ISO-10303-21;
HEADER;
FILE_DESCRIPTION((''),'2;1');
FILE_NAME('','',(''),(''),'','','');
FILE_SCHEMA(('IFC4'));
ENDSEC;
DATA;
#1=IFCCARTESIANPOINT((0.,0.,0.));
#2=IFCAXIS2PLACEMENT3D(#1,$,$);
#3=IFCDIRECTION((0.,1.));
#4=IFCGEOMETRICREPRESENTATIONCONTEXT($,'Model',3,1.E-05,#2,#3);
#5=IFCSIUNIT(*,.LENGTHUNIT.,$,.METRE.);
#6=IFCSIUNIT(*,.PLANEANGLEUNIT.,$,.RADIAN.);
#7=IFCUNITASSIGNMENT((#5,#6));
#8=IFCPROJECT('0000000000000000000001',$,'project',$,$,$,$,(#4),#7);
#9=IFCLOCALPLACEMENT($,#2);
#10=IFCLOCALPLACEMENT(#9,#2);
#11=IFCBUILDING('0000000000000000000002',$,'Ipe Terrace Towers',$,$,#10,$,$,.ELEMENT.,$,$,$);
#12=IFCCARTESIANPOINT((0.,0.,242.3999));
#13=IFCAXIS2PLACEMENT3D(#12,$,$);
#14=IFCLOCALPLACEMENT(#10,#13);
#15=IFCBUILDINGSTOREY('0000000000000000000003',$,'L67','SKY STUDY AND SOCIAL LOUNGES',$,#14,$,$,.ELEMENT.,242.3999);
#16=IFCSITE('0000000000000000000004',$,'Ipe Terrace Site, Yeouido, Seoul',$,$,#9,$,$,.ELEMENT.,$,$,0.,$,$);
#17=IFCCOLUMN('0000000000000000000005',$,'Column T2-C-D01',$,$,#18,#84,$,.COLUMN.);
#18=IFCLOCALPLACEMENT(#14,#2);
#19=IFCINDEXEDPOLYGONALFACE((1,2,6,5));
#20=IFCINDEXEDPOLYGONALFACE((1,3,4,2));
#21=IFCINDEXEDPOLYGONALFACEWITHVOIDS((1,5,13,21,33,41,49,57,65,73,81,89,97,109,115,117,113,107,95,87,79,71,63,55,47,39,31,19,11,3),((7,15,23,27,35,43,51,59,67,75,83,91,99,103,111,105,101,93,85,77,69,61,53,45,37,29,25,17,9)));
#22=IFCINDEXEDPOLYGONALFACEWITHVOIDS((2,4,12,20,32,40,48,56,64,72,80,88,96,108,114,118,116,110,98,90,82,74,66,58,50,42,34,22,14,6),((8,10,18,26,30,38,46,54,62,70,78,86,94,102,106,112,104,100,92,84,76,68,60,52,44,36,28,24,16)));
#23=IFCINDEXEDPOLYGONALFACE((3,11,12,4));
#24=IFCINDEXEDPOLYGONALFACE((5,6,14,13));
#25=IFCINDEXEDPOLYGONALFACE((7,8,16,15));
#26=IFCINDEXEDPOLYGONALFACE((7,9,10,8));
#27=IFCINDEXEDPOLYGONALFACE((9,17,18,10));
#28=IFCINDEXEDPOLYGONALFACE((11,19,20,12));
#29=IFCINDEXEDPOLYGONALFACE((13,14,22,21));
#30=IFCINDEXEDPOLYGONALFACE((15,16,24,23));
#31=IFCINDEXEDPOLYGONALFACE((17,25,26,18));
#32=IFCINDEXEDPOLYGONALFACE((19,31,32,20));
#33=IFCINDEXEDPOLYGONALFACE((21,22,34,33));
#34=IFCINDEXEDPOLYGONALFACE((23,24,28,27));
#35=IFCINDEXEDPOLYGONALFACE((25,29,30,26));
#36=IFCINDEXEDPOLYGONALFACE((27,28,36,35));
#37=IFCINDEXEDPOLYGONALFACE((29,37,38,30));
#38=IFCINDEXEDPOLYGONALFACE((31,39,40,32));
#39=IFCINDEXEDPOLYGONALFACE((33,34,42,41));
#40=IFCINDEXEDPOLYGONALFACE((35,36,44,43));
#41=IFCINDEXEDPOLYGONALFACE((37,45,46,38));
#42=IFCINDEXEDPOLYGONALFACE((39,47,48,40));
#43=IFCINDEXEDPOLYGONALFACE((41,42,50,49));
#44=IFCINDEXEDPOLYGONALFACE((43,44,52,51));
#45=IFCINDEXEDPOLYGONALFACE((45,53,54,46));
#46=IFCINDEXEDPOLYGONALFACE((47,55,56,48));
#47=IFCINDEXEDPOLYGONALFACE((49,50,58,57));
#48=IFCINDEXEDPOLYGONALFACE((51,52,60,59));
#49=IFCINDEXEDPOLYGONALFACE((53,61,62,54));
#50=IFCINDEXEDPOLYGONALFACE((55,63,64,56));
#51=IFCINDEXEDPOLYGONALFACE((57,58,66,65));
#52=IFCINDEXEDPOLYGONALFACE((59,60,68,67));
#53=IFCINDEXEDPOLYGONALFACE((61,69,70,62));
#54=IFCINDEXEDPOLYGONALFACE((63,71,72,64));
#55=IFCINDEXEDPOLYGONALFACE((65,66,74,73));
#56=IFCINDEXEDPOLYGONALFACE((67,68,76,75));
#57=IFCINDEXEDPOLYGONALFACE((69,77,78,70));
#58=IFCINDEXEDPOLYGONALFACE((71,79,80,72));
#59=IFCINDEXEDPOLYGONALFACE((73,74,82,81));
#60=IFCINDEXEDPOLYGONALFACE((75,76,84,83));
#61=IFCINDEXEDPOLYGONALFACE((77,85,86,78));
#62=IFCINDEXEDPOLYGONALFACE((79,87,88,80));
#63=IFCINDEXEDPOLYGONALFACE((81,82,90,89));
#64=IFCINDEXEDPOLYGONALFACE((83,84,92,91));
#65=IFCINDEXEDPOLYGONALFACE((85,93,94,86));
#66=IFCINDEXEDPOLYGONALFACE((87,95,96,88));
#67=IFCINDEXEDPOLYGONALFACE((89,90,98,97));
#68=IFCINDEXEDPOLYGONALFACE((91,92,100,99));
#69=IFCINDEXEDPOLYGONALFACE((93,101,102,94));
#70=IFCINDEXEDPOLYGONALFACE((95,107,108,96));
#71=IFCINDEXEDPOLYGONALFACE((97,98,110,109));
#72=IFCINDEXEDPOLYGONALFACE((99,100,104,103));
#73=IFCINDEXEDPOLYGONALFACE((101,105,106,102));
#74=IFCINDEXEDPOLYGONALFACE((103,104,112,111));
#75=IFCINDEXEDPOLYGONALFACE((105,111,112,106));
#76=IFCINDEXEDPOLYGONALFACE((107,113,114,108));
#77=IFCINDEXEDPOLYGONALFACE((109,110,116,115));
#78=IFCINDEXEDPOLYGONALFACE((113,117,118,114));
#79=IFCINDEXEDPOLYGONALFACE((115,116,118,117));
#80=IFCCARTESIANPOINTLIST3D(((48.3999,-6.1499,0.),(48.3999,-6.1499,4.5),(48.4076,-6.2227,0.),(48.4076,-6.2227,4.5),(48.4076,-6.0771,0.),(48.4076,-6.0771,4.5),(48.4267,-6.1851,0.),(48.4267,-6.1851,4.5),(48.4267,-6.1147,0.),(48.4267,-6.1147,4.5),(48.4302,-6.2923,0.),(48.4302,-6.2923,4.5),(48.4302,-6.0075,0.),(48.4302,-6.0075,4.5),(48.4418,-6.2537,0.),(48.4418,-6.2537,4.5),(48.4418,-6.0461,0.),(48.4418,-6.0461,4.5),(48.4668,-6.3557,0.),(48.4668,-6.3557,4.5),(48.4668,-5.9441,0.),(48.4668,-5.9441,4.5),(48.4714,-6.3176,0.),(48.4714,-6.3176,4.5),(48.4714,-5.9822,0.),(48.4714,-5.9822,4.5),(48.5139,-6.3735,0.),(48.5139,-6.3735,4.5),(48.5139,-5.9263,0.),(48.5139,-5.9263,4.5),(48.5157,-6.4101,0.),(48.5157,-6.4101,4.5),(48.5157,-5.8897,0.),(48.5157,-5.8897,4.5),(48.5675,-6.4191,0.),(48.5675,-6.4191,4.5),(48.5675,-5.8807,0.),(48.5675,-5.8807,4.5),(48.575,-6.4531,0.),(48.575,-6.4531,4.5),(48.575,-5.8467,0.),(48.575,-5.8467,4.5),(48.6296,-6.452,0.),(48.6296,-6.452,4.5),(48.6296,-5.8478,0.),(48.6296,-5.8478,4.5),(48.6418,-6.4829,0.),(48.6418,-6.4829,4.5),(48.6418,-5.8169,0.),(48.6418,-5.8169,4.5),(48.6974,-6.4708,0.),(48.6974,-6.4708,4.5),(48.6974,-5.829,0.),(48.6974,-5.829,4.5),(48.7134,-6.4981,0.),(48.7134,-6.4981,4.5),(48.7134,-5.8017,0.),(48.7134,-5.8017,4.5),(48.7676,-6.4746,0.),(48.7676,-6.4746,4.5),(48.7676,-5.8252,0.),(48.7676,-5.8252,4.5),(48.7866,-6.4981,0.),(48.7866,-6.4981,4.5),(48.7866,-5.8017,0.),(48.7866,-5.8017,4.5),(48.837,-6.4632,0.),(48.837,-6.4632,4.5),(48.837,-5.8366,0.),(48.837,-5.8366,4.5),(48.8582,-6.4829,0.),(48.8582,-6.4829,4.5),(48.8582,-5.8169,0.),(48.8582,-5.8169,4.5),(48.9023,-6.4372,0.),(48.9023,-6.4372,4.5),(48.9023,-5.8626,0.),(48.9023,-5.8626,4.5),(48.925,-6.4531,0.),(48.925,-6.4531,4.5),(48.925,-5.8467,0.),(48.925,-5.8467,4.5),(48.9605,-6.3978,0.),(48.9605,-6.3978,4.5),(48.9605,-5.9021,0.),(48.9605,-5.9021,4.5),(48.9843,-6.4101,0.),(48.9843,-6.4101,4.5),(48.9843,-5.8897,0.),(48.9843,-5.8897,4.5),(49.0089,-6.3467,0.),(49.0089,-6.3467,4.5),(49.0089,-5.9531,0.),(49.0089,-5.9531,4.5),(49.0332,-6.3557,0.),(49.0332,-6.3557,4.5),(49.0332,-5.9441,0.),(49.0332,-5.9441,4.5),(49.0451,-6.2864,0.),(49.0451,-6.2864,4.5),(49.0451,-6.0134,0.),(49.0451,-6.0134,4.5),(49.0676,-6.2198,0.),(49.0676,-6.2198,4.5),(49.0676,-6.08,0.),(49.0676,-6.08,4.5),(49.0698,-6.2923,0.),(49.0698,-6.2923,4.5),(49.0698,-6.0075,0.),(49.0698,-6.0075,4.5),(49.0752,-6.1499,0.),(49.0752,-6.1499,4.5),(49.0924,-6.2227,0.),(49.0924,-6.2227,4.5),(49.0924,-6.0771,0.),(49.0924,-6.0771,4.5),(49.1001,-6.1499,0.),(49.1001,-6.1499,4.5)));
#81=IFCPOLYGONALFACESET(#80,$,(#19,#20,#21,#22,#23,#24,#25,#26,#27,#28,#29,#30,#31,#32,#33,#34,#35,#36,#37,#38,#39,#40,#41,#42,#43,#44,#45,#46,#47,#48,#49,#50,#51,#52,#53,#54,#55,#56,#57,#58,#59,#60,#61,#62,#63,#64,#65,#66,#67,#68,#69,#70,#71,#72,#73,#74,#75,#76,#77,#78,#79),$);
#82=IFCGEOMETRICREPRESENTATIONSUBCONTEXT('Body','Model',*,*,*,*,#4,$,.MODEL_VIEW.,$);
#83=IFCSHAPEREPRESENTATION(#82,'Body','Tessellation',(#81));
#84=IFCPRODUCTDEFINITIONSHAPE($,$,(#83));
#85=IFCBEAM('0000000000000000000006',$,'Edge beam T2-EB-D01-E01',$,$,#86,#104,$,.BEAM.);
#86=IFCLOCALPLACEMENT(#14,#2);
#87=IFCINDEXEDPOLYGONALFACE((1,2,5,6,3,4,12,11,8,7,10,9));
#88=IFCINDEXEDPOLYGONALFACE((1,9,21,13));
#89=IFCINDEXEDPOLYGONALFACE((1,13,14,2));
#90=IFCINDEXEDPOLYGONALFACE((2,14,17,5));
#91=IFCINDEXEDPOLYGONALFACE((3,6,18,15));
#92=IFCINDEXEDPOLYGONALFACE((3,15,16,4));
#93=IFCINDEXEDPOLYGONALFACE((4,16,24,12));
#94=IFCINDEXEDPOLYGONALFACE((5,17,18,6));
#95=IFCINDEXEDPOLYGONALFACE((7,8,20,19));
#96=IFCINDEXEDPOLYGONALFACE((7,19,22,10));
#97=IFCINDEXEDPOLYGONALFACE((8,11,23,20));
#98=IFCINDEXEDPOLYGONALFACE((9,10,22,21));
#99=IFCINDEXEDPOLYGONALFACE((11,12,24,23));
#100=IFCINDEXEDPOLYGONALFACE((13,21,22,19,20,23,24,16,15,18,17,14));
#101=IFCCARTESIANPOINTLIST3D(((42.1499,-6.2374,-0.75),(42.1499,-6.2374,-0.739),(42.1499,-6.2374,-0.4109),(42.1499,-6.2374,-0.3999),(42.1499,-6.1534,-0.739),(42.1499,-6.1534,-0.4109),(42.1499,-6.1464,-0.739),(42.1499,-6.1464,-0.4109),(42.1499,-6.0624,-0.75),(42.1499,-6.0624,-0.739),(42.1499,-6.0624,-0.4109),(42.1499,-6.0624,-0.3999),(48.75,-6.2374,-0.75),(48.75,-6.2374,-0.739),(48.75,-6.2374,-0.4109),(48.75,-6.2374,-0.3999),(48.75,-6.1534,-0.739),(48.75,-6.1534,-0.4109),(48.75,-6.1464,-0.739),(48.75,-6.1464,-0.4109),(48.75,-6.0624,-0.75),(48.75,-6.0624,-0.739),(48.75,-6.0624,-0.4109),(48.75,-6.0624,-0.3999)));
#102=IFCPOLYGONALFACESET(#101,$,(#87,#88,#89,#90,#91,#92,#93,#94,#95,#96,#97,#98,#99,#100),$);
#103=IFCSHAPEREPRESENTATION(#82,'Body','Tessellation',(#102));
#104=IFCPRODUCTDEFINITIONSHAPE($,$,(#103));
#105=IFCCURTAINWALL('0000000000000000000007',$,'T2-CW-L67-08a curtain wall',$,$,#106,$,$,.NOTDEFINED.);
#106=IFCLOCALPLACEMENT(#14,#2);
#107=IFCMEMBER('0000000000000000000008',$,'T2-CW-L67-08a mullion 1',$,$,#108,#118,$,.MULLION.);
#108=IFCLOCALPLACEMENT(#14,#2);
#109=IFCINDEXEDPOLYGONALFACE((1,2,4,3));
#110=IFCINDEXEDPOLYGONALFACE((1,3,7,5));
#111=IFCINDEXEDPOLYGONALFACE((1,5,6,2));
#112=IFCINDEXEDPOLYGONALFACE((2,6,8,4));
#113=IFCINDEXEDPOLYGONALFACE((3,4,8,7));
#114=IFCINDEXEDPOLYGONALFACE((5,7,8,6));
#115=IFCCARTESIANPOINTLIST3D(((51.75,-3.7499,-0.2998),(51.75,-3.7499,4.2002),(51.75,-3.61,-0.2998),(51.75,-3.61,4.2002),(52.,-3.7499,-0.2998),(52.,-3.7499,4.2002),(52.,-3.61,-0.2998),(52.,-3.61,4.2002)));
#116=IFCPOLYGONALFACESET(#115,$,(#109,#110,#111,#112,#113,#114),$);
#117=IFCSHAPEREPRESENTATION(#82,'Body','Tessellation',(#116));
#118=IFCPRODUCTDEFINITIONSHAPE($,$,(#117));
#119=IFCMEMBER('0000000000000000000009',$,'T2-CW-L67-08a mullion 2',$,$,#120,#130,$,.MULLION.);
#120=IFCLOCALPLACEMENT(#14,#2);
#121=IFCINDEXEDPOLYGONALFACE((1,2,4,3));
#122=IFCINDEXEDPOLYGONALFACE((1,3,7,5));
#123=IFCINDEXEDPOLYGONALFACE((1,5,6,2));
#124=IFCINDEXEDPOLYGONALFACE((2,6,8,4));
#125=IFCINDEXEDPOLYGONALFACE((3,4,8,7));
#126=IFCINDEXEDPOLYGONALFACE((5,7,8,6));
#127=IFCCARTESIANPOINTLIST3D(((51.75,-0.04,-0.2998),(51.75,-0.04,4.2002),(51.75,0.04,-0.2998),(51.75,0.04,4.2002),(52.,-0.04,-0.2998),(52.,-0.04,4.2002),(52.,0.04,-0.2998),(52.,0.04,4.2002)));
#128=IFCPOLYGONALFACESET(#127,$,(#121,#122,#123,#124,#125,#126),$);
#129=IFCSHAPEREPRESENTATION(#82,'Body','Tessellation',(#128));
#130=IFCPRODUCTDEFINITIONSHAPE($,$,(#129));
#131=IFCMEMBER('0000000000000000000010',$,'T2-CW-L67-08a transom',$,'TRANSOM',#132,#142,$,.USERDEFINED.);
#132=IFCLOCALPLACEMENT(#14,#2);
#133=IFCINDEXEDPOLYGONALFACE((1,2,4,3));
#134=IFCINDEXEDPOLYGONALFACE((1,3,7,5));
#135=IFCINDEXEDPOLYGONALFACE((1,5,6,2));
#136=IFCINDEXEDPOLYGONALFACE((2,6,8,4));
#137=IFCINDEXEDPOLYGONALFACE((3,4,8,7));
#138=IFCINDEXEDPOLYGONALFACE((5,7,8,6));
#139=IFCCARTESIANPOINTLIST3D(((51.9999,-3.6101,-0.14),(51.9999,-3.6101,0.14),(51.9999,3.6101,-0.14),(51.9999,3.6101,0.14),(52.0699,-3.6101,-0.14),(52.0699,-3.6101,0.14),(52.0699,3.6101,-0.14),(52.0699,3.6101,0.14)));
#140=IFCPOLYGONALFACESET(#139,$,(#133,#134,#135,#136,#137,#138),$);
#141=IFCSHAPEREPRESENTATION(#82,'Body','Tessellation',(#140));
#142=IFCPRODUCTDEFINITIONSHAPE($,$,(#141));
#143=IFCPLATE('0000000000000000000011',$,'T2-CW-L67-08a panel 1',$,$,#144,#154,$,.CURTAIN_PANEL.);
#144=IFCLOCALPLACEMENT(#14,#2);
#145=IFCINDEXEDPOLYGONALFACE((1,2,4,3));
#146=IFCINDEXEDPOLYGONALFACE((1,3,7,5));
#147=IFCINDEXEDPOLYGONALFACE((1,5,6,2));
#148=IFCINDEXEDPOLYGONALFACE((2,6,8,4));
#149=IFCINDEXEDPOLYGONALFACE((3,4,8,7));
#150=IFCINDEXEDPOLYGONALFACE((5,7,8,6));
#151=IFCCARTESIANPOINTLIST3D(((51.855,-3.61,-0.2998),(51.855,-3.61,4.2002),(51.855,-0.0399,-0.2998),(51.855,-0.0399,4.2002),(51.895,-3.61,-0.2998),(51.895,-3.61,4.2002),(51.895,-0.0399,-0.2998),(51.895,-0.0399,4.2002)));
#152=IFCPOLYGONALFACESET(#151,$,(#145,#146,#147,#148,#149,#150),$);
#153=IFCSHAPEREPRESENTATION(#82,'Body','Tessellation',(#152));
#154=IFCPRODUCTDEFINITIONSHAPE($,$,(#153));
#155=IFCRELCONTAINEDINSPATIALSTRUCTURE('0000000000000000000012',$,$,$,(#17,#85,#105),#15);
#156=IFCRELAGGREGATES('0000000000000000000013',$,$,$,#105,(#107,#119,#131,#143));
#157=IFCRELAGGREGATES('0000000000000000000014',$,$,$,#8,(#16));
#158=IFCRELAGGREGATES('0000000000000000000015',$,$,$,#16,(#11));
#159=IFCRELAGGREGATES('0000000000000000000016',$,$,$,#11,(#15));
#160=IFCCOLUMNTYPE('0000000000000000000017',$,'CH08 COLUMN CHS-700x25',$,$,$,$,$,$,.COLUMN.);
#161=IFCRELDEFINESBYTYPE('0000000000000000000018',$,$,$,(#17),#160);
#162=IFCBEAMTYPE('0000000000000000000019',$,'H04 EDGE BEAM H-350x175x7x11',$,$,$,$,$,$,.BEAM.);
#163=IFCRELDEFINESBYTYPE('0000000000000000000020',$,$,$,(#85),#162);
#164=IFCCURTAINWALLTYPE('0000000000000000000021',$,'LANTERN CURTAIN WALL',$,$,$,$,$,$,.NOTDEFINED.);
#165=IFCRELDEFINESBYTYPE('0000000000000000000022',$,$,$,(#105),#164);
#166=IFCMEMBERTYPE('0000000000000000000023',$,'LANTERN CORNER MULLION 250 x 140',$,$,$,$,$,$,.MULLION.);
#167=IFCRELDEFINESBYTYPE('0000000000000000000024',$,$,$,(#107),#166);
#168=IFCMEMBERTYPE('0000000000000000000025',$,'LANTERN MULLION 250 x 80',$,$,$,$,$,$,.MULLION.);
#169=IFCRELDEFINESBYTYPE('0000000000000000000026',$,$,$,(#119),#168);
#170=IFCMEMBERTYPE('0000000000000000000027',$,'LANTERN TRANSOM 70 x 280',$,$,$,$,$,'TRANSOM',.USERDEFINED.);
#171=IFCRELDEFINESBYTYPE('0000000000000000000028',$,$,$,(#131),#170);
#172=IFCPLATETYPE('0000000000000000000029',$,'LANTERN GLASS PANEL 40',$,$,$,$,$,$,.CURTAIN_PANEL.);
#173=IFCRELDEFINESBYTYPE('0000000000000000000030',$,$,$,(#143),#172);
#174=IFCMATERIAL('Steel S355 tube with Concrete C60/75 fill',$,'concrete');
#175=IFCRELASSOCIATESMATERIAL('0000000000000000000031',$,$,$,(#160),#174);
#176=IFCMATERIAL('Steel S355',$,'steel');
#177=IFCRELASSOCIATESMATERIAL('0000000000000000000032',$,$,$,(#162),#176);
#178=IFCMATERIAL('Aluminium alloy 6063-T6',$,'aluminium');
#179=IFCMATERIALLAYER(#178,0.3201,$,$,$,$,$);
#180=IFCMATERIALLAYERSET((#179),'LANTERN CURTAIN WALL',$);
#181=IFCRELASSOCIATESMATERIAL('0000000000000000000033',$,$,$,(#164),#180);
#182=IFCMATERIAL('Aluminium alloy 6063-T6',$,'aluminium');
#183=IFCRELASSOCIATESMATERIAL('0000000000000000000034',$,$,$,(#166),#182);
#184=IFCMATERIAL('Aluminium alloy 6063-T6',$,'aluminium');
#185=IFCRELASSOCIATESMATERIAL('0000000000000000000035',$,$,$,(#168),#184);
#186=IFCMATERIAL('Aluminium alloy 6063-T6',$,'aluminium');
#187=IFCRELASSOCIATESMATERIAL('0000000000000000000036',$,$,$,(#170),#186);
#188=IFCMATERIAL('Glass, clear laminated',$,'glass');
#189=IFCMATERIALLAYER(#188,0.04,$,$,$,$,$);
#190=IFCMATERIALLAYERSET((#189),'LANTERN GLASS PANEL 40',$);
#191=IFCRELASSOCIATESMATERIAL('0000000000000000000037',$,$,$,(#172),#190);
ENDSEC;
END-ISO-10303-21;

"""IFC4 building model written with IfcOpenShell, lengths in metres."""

from ifc_helpers import new_model, si_unit, direction, frame, origin, origin_2d, place, context, subcontext, project, spatial, rectangle, hollow_circle, i_section, extrude, material, layer, layer_set, material_profile, profile_set, type_object, element, aggregate, save


model = new_model("IFC4")

# Units and contexts
model_context = context("Model", 3, precision=1e-05, world=origin(), true_north=direction((0.0, 1.0)))
body_context = subcontext(model_context, "Body", "Model", "MODEL_VIEW")
ifc_project = project(units=[si_unit("LENGTHUNIT", "METRE"), si_unit("PLANEANGLEUNIT", "RADIAN")], contexts=[model_context])

# Site, building, storey
site_placement = place(None, origin())
site = spatial("IfcSite", under=ifc_project, at=site_placement, Name="Ipe Terrace Site, Yeouido, Seoul", CompositionType="ELEMENT", RefElevation=0.0)
building_placement = place(site_placement, origin())
building = spatial("IfcBuilding", under=site, at=building_placement, Name="Ipe Terrace Towers", CompositionType="ELEMENT")
storey_placement = place(building_placement, frame((0.0, 0.0, 242.3999)))
storey = spatial("IfcBuildingStorey", under=building, at=storey_placement, Name="L67", Description="SKY STUDY AND SOCIAL LOUNGES", CompositionType="ELEMENT", Elevation=242.3999)

# Column
ifc_material_1 = material(Name="Steel S355 tube with Concrete C60/75 fill", Category="concrete")
ifc_material_profile_1 = material_profile(ifc_material_1, hollow_circle(Radius=0.3501, WallThickness=0.0249, at=origin_2d()), Name="CHS-700x25")
ifc_profile_set_1 = profile_set([ifc_material_profile_1], Name="Steel S355 tube with Concrete C60/75 fill")
column_type = type_object("IfcColumnType", Name="CH08 COLUMN CHS-700x25", PredefinedType="COLUMN", material=ifc_profile_set_1)
column_placement = place(storey_placement, frame((48.75, -6.1499, 0.0), z_axis=(0.0, 0.0, 1.0), x_axis=(1.0, 0.0, 0.0)))
element("IfcColumn", 1, at=column_placement, inside=storey, type_object=column_type, Name="Column T2-C-D01", PredefinedType="COLUMN", context=body_context, shape_type="SweptSolid", body=[
    extrude(hollow_circle(Radius=0.3501, WallThickness=0.0249, at=origin_2d()), origin(), (0.0, 0.0, 1.0), 4.5),
])

# Beam
ifc_material_2 = material(Name="Steel S355", Category="steel")
ifc_material_profile_2 = material_profile(ifc_material_2, i_section(OverallWidth=0.175, OverallDepth=0.3501, WebThickness=0.0071, FlangeThickness=0.011, at=origin_2d()), Name="H-350x175x7x11")
ifc_profile_set_2 = profile_set([ifc_material_profile_2], Name="Steel S355")
beam_type = type_object("IfcBeamType", Name="H04 EDGE BEAM H-350x175x7x11", PredefinedType="BEAM", material=ifc_profile_set_2)
beam_placement = place(storey_placement, frame((48.75, -6.1499, -0.575), z_axis=(-1.0, 0.0, 0.0), x_axis=(0.0, -1.0, 0.0)))
element("IfcBeam", 2, at=beam_placement, inside=storey, type_object=beam_type, Name="Edge beam T2-EB-D01-E01", PredefinedType="BEAM", context=body_context, shape_type="SweptSolid", body=[
    extrude(i_section(OverallWidth=0.175, OverallDepth=0.3501, WebThickness=0.0071, FlangeThickness=0.011, at=origin_2d()), origin(), (0.0, 0.0, 1.0), 6.6001),
])

# Curtain wall, members, plate
ifc_material_3 = material(Name="Aluminium alloy 6063-T6", Category="aluminium")
ifc_layer_1 = layer(ifc_material_3, 0.3201)
ifc_layer_set_1 = layer_set([ifc_layer_1], Name="LANTERN CURTAIN WALL")
curtain_wall_type = type_object("IfcCurtainWallType", Name="LANTERN CURTAIN WALL", PredefinedType="NOTDEFINED", material=ifc_layer_set_1)
curtain_wall_placement = place(storey_placement, origin())
curtain_wall = element("IfcCurtainWall", 3, at=curtain_wall_placement, inside=storey, type_object=curtain_wall_type, Name="T2-CW-L67-08a curtain wall", PredefinedType="NOTDEFINED")
ifc_material_4 = material(Name="Aluminium alloy 6063-T6", Category="aluminium")
ifc_material_profile_3 = material_profile(ifc_material_4, rectangle(XDim=0.25, YDim=0.1399, at=origin_2d()), Name="LANTERN CORNER MULLION 250 x 140")
ifc_profile_set_3 = profile_set([ifc_material_profile_3], Name="Aluminium alloy 6063-T6")
member_type_1 = type_object("IfcMemberType", Name="LANTERN CORNER MULLION 250 x 140", PredefinedType="MULLION", material=ifc_profile_set_3)
member_1_placement = place(storey_placement, frame((51.875, -3.6799, -0.2998), z_axis=(0.0, 0.0, 1.0), x_axis=(1.0, 0.0, 0.0)))
member_1 = element("IfcMember", 4, at=member_1_placement, type_object=member_type_1, Name="T2-CW-L67-08a mullion 1", PredefinedType="MULLION", context=body_context, shape_type="SweptSolid", body=[
    extrude(rectangle(XDim=0.25, YDim=0.1399, at=origin_2d()), origin(), (0.0, 0.0, 1.0), 4.5),
])
ifc_material_5 = material(Name="Aluminium alloy 6063-T6", Category="aluminium")
ifc_material_profile_4 = material_profile(ifc_material_5, rectangle(XDim=0.25, YDim=0.0801, at=origin_2d()), Name="LANTERN MULLION 250 x 80")
ifc_profile_set_4 = profile_set([ifc_material_profile_4], Name="Aluminium alloy 6063-T6")
member_type_2 = type_object("IfcMemberType", Name="LANTERN MULLION 250 x 80", PredefinedType="MULLION", material=ifc_profile_set_4)
member_2_placement = place(storey_placement, frame((51.875, 0.0, -0.2998), z_axis=(0.0, 0.0, 1.0), x_axis=(1.0, 0.0, 0.0)))
member_2 = element("IfcMember", 5, at=member_2_placement, type_object=member_type_2, Name="T2-CW-L67-08a mullion 2", PredefinedType="MULLION", context=body_context, shape_type="SweptSolid", body=[
    extrude(rectangle(XDim=0.25, YDim=0.0801, at=origin_2d()), origin(), (0.0, 0.0, 1.0), 4.5),
])
ifc_material_6 = material(Name="Aluminium alloy 6063-T6", Category="aluminium")
ifc_material_profile_5 = material_profile(ifc_material_6, rectangle(XDim=0.0701, YDim=0.28, at=origin_2d()), Name="LANTERN TRANSOM 70 x 280")
ifc_profile_set_5 = profile_set([ifc_material_profile_5], Name="Aluminium alloy 6063-T6")
member_type_3 = type_object("IfcMemberType", Name="LANTERN TRANSOM 70 x 280", ElementType="TRANSOM", PredefinedType="USERDEFINED", material=ifc_profile_set_5)
member_3_placement = place(storey_placement, frame((52.0349, -3.6101, 0.0), z_axis=(0.0, 1.0, 0.0), x_axis=(1.0, 0.0, 0.0)))
member_3 = element("IfcMember", 6, at=member_3_placement, type_object=member_type_3, Name="T2-CW-L67-08a transom", ObjectType="TRANSOM", PredefinedType="USERDEFINED", context=body_context, shape_type="SweptSolid", body=[
    extrude(rectangle(XDim=0.0701, YDim=0.28, at=origin_2d()), origin(), (0.0, 0.0, 1.0), 7.2202),
])
ifc_material_7 = material(Name="Glass, clear laminated", Category="glass")
ifc_layer_2 = layer(ifc_material_7, 0.04)
ifc_layer_set_2 = layer_set([ifc_layer_2], Name="LANTERN GLASS PANEL 40")
plate_type = type_object("IfcPlateType", Name="LANTERN GLASS PANEL 40", PredefinedType="CURTAIN_PANEL", material=ifc_layer_set_2)
plate_placement = place(storey_placement, frame((51.875, -1.825, -0.2998), z_axis=(0.0, 0.0, 1.0), x_axis=(0.0, 1.0, 0.0)))
plate = element("IfcPlate", 7, at=plate_placement, type_object=plate_type, Name="T2-CW-L67-08a panel 1", PredefinedType="CURTAIN_PANEL", context=body_context, shape_type="SweptSolid", body=[
    extrude(rectangle(XDim=3.5701, YDim=0.04, at=origin_2d()), origin(), (0.0, 0.0, 1.0), 4.5),
])
aggregate(curtain_wall, [member_1, member_2, member_3, plate])

save(model, "model.ifc")
